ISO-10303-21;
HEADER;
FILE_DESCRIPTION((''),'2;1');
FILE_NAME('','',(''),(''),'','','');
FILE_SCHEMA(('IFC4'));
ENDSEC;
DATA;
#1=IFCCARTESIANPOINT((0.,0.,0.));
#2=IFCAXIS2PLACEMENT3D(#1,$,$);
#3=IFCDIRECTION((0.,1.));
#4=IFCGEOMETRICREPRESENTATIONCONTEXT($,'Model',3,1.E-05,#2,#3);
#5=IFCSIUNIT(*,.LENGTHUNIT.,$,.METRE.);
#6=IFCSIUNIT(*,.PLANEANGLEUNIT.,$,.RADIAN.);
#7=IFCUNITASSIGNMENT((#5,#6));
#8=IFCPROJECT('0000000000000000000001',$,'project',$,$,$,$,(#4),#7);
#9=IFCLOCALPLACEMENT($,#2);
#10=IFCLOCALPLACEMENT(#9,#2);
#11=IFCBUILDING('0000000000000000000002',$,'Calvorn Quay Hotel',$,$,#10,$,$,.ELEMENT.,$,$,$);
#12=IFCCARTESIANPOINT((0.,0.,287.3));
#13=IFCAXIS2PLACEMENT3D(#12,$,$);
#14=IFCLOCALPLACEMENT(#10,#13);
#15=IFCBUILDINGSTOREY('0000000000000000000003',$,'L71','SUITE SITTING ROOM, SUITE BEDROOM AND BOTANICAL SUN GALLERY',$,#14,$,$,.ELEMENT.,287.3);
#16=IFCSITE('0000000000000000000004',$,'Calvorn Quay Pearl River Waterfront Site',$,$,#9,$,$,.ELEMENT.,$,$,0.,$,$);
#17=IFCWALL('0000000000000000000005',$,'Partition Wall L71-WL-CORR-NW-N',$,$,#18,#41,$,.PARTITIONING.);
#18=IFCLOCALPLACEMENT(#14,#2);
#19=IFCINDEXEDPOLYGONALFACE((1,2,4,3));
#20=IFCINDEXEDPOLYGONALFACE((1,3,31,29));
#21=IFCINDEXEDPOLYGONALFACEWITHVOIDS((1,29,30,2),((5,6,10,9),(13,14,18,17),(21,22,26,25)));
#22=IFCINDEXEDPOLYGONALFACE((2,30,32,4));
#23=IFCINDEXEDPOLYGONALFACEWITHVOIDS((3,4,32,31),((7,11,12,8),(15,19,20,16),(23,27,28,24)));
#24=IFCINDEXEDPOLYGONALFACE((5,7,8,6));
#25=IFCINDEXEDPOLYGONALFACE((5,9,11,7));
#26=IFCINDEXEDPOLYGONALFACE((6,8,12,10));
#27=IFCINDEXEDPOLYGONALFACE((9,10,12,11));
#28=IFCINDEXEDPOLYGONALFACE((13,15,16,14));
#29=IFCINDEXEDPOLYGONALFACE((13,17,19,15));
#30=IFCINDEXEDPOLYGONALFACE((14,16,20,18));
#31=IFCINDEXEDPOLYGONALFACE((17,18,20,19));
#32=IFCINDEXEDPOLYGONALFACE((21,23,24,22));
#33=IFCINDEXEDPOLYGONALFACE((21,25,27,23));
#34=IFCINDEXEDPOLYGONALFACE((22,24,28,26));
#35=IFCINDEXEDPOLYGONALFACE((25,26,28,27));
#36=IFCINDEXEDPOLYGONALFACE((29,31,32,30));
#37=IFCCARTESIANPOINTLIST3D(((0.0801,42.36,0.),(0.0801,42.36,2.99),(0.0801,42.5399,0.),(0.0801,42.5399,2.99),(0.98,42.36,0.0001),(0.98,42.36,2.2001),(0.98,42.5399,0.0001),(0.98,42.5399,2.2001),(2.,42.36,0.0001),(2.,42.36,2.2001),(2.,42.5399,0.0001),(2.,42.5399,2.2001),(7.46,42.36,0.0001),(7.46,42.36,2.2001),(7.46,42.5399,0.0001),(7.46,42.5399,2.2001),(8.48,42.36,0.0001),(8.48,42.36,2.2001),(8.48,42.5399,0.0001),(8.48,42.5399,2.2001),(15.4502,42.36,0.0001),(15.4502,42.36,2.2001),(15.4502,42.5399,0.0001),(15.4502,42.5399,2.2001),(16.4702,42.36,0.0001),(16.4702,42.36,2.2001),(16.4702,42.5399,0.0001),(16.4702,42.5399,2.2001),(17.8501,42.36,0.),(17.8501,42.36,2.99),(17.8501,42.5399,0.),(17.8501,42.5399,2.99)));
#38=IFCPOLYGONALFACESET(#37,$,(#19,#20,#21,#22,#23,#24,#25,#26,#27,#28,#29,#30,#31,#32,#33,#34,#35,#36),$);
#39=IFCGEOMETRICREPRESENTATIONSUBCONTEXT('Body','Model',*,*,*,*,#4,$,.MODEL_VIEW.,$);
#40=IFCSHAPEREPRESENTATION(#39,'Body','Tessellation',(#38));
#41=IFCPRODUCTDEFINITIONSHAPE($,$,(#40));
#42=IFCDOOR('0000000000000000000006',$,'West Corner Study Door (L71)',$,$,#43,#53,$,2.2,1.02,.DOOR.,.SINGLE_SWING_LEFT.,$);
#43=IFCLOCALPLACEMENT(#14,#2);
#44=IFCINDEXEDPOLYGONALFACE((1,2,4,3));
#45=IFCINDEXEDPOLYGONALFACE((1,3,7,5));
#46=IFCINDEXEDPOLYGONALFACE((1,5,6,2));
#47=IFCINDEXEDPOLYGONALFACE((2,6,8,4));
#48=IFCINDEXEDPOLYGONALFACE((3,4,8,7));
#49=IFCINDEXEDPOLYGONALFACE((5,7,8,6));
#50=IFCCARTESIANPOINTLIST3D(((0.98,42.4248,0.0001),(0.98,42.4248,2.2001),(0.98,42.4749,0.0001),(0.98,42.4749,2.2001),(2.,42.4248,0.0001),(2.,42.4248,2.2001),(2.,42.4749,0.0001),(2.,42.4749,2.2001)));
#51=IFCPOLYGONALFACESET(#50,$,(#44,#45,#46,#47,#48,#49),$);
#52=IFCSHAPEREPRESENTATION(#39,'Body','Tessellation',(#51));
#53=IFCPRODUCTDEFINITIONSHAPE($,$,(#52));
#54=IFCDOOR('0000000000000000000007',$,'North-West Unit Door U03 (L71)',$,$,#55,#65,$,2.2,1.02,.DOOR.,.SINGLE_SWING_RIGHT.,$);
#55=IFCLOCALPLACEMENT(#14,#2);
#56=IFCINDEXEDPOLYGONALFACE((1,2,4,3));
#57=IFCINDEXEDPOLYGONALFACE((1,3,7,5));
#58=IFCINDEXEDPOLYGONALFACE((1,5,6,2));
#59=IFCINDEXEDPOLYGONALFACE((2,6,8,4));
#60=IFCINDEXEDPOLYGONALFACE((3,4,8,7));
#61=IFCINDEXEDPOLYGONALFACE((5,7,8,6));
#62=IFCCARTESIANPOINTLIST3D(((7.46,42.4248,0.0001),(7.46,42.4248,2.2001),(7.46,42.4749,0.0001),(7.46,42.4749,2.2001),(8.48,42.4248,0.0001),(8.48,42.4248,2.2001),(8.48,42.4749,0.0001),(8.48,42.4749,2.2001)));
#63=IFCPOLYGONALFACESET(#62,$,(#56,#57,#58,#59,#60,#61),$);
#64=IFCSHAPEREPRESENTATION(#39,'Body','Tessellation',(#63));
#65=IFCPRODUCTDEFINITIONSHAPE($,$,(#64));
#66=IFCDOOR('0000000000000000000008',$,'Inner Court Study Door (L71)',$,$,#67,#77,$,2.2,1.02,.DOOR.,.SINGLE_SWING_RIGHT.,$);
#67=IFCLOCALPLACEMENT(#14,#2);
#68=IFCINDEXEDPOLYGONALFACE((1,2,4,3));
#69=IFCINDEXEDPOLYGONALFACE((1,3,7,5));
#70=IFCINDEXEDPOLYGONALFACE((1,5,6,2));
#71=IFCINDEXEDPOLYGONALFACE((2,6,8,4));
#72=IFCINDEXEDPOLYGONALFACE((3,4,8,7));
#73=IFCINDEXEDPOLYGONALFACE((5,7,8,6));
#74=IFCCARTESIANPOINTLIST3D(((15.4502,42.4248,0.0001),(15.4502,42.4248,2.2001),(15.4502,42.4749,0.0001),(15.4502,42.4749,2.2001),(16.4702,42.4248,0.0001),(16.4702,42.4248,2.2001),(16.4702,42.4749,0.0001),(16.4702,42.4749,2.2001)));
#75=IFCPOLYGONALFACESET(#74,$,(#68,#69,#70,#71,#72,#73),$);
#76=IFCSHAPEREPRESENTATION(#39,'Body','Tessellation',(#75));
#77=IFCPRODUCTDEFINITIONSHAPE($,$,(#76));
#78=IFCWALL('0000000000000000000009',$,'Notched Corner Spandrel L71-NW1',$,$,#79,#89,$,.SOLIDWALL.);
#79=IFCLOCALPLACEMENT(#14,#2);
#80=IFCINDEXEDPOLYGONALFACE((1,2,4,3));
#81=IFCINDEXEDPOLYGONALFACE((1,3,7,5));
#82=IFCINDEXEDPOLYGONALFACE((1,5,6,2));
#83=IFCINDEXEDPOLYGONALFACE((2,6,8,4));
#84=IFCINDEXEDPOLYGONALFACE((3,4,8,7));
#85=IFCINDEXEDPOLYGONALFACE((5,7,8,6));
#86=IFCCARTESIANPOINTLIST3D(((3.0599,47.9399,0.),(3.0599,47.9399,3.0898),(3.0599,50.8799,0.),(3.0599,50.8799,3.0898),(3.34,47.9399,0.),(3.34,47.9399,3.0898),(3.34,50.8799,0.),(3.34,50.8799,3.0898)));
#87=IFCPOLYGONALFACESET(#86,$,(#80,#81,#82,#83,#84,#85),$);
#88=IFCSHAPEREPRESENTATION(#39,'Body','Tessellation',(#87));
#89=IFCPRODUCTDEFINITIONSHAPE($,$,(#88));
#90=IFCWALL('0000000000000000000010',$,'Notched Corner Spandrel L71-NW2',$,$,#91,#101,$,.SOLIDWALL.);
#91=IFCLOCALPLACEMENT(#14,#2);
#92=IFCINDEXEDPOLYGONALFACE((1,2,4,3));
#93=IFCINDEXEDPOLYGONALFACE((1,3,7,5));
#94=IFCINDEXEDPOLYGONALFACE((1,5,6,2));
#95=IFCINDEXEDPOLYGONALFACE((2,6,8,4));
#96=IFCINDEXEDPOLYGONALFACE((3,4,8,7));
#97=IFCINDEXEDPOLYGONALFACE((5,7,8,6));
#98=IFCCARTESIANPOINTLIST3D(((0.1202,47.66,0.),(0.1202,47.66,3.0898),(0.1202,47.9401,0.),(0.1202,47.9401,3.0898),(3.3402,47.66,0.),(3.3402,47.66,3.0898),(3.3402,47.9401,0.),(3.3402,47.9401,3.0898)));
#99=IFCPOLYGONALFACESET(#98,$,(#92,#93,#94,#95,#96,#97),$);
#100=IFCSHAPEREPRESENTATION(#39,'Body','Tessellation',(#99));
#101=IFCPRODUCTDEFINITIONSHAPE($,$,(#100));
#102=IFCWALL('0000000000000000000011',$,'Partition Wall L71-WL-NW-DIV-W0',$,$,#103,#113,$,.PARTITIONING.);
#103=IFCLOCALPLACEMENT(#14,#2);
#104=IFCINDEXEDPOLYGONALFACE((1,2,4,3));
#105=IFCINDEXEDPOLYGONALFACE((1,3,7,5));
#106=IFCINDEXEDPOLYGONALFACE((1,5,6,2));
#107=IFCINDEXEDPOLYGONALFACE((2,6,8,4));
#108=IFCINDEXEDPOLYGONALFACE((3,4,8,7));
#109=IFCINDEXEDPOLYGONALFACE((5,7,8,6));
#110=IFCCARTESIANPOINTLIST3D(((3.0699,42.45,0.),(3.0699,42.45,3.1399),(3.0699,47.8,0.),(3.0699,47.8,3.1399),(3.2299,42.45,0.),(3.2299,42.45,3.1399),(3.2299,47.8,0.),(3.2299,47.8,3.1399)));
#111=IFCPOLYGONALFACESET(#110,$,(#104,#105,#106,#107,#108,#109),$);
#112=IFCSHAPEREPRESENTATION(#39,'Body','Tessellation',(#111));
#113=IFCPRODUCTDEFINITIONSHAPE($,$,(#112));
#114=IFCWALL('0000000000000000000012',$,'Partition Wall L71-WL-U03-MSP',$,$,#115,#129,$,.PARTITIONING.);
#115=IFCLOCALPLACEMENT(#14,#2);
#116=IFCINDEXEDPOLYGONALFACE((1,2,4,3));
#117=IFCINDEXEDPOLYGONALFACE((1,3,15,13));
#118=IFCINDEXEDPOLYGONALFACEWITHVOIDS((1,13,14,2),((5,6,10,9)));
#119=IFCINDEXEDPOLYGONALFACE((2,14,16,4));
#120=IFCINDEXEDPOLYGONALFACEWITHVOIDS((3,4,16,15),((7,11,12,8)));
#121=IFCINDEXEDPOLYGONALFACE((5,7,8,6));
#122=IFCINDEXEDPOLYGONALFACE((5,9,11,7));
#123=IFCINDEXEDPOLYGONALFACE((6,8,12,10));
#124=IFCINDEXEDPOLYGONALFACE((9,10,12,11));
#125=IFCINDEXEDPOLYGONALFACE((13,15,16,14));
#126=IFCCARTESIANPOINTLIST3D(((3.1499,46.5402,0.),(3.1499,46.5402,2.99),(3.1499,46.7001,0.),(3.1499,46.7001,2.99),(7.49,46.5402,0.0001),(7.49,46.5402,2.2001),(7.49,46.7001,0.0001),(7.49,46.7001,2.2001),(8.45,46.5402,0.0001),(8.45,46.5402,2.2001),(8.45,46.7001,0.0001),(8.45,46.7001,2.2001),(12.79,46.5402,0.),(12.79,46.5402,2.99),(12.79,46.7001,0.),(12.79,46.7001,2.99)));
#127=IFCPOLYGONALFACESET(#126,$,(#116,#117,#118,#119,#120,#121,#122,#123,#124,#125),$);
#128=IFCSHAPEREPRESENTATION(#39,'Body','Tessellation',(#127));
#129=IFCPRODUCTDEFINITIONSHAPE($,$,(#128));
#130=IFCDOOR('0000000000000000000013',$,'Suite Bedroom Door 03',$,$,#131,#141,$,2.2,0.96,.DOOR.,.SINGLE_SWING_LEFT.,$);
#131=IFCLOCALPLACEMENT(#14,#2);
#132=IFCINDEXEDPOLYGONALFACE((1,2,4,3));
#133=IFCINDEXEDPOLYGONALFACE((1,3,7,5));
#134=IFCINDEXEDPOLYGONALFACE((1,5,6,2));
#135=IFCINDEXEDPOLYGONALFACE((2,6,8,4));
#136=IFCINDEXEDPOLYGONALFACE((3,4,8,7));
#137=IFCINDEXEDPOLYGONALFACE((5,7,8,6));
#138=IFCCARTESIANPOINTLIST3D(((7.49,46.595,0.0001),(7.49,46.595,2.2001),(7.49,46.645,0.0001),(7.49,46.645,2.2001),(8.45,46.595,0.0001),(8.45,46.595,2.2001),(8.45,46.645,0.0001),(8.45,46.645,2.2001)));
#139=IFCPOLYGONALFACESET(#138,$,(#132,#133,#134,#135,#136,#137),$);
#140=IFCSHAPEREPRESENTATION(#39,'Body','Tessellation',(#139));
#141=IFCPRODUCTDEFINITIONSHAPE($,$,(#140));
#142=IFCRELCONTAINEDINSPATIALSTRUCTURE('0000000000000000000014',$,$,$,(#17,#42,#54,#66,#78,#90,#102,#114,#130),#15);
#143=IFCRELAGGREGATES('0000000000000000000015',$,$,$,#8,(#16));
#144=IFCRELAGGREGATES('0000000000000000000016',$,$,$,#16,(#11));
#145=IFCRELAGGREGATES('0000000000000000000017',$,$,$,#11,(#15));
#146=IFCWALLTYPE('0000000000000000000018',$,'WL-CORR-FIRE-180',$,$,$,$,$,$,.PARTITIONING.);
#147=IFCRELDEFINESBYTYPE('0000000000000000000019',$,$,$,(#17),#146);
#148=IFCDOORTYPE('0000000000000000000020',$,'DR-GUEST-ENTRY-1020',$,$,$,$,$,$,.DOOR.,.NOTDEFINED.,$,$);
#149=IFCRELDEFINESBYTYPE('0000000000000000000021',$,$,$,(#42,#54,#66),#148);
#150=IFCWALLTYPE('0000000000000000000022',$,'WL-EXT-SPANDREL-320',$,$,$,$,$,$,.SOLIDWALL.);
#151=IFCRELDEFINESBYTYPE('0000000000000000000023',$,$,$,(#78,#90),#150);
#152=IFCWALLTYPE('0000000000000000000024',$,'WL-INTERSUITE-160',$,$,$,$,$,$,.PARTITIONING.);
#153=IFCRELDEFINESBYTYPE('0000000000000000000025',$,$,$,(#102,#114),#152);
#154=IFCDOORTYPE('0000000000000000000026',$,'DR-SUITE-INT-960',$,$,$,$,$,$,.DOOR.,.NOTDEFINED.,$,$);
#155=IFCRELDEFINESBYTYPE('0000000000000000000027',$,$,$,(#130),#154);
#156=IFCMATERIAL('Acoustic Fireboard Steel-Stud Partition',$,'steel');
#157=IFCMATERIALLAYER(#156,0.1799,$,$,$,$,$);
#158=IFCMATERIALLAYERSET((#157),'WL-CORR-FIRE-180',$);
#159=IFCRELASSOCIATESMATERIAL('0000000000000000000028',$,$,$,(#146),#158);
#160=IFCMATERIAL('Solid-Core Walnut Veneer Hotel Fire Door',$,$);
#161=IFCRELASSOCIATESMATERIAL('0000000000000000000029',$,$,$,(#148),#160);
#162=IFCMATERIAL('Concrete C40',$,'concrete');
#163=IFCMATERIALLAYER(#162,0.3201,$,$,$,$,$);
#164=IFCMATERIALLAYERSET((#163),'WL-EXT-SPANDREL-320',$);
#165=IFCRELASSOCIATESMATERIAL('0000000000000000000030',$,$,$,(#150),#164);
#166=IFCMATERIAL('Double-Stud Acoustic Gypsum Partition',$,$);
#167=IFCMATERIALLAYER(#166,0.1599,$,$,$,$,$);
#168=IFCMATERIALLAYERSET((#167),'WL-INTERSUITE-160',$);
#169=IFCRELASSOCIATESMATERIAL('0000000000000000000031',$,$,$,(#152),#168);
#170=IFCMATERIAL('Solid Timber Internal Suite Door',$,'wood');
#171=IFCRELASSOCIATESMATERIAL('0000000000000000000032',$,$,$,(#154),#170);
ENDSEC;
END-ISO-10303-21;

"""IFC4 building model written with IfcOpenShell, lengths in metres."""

from ifc_helpers import new_model, si_unit, direction, frame, frame_2d, origin, place, context, subcontext, project, spatial, rectangle, extrude, material, layer, layer_set, type_object, element, fill, save


model = new_model("IFC4")

# Units and contexts
model_context = context("Model", 3, precision=1e-05, world=origin(), true_north=direction((0.0, 1.0)))
body_context = subcontext(model_context, "Body", "Model", "MODEL_VIEW")
ifc_project = project(units=[si_unit("LENGTHUNIT", "METRE"), si_unit("PLANEANGLEUNIT", "RADIAN")], contexts=[model_context])

# Site, building, storey
site_placement = place(None, origin())
site = spatial("IfcSite", under=ifc_project, at=site_placement, Name="Calvorn Quay Pearl River Waterfront Site", CompositionType="ELEMENT", RefElevation=0.0)
building_placement = place(site_placement, origin())
building = spatial("IfcBuilding", under=site, at=building_placement, Name="Calvorn Quay Hotel", CompositionType="ELEMENT")
storey_placement = place(building_placement, frame((0.0, 0.0, 287.3)))
storey = spatial("IfcBuildingStorey", under=building, at=storey_placement, Name="L71", Description="SUITE SITTING ROOM, SUITE BEDROOM AND BOTANICAL SUN GALLERY", CompositionType="ELEMENT", Elevation=287.3)

# Wall, openings, doors
ifc_material_1 = material(Name="Acoustic Fireboard Steel-Stud Partition", Category="steel")
ifc_layer_1 = layer(ifc_material_1, 0.1799)
ifc_layer_set_1 = layer_set([ifc_layer_1], Name="WL-CORR-FIRE-180")
wall_type_1 = type_object("IfcWallType", Name="WL-CORR-FIRE-180", PredefinedType="PARTITIONING", material=ifc_layer_set_1)
wall_1_placement = place(storey_placement, frame((0.0801, 42.45, 0.0), z_axis=(0.0, 0.0, 1.0), x_axis=(1.0, 0.0, 0.0)))
wall_1 = element("IfcWall", 1, at=wall_1_placement, inside=storey, type_object=wall_type_1, Name="Partition Wall L71-WL-CORR-NW-N", PredefinedType="PARTITIONING", context=body_context, shape_type="SweptSolid", body=[
    extrude(rectangle(XDim=17.77, YDim=0.1799, at=frame_2d((8.885, 0.0))), origin(), (0.0, 0.0, 1.0), 2.99),
])
opening_1_placement = place(wall_1_placement, frame((0.8999, 0.0, 0.0)))
opening_1 = element("IfcOpeningElement", 2, at=opening_1_placement, cuts=wall_1, PredefinedType="OPENING", context=body_context, shape_type="SweptSolid", body=[
    extrude(rectangle(XDim=1.02, YDim=2.2, at=frame_2d((0.51, 1.1001))), frame((0.0, 0.0999, 0.0), z_axis=(0.0, -1.0, 0.0), x_axis=(1.0, 0.0, 0.0)), (0.0, 0.0, 1.0), 0.2),
])
opening_2_placement = place(wall_1_placement, frame((7.3799, 0.0, 0.0)))
opening_2 = element("IfcOpeningElement", 3, at=opening_2_placement, cuts=wall_1, PredefinedType="OPENING", context=body_context, shape_type="SweptSolid", body=[
    extrude(rectangle(XDim=1.02, YDim=2.2, at=frame_2d((0.51, 1.1001))), frame((0.0, 0.0999, 0.0), z_axis=(0.0, -1.0, 0.0), x_axis=(1.0, 0.0, 0.0)), (0.0, 0.0, 1.0), 0.2),
])
opening_3_placement = place(wall_1_placement, frame((15.3701, 0.0, 0.0)))
opening_3 = element("IfcOpeningElement", 4, at=opening_3_placement, cuts=wall_1, PredefinedType="OPENING", context=body_context, shape_type="SweptSolid", body=[
    extrude(rectangle(XDim=1.02, YDim=2.2, at=frame_2d((0.51, 1.1001))), frame((0.0, 0.0999, 0.0), z_axis=(0.0, -1.0, 0.0), x_axis=(1.0, 0.0, 0.0)), (0.0, 0.0, 1.0), 0.2),
])
ifc_material_2 = material(Name="Solid-Core Walnut Veneer Hotel Fire Door")
door_type_1 = type_object("IfcDoorType", Name="DR-GUEST-ENTRY-1020", OperationType="NOTDEFINED", PredefinedType="DOOR", material=ifc_material_2)
door_1_placement = place(opening_1_placement, origin())
door_1 = element("IfcDoor", 5, at=door_1_placement, inside=storey, type_object=door_type_1, Name="West Corner Study Door (L71)", OperationType="SINGLE_SWING_LEFT", OverallHeight=2.2, OverallWidth=1.02, PredefinedType="DOOR", context=body_context, shape_type="SweptSolid", body=[
    extrude(rectangle(XDim=1.02, YDim=2.2, at=frame_2d((0.51, 1.1001))), frame((0.0, 0.0249, 0.0), z_axis=(0.0, -1.0, 0.0), x_axis=(1.0, 0.0, 0.0)), (0.0, 0.0, 1.0), 0.05),
])
fill(opening_1, door_1)
door_2_placement = place(opening_2_placement, origin())
door_2 = element("IfcDoor", 6, at=door_2_placement, inside=storey, type_object=door_type_1, Name="North-West Unit Door U03 (L71)", OperationType="SINGLE_SWING_RIGHT", OverallHeight=2.2, OverallWidth=1.02, PredefinedType="DOOR", context=body_context, shape_type="SweptSolid", body=[
    extrude(rectangle(XDim=1.02, YDim=2.2, at=frame_2d((0.51, 1.1001))), frame((0.0, 0.0249, 0.0), z_axis=(0.0, -1.0, 0.0), x_axis=(1.0, 0.0, 0.0)), (0.0, 0.0, 1.0), 0.05),
])
fill(opening_2, door_2)
door_3_placement = place(opening_3_placement, origin())
door_3 = element("IfcDoor", 7, at=door_3_placement, inside=storey, type_object=door_type_1, Name="Inner Court Study Door (L71)", OperationType="SINGLE_SWING_RIGHT", OverallHeight=2.2, OverallWidth=1.02, PredefinedType="DOOR", context=body_context, shape_type="SweptSolid", body=[
    extrude(rectangle(XDim=1.02, YDim=2.2, at=frame_2d((0.51, 1.1001))), frame((0.0, 0.0249, 0.0), z_axis=(0.0, -1.0, 0.0), x_axis=(1.0, 0.0, 0.0)), (0.0, 0.0, 1.0), 0.05),
])
fill(opening_3, door_3)

# Walls
ifc_material_3 = material(Name="Concrete C40", Category="concrete")
ifc_layer_2 = layer(ifc_material_3, 0.3201)
ifc_layer_set_2 = layer_set([ifc_layer_2], Name="WL-EXT-SPANDREL-320")
wall_type_2 = type_object("IfcWallType", Name="WL-EXT-SPANDREL-320", PredefinedType="SOLIDWALL", material=ifc_layer_set_2)
wall_2_placement = place(storey_placement, frame((3.2, 50.8799, 0.0), z_axis=(0.0, 0.0, 1.0), x_axis=(0.0, -1.0, 0.0)))
element("IfcWall", 8, at=wall_2_placement, inside=storey, type_object=wall_type_2, Name="Notched Corner Spandrel L71-NW1", PredefinedType="SOLIDWALL", context=body_context, shape_type="SweptSolid", body=[
    extrude(rectangle(XDim=2.9399, YDim=0.28, at=frame_2d((1.47, 0.0))), origin(), (0.0, 0.0, 1.0), 3.0898),
])
wall_3_placement = place(storey_placement, frame((3.3401, 47.8, 0.0), z_axis=(0.0, 0.0, 1.0), x_axis=(-1.0, 0.0, 0.0)))
element("IfcWall", 9, at=wall_3_placement, inside=storey, type_object=wall_type_2, Name="Notched Corner Spandrel L71-NW2", PredefinedType="SOLIDWALL", context=body_context, shape_type="SweptSolid", body=[
    extrude(rectangle(XDim=3.22, YDim=0.28, at=frame_2d((1.6099, 0.0))), origin(), (0.0, 0.0, 1.0), 3.0898),
])
ifc_material_4 = material(Name="Double-Stud Acoustic Gypsum Partition")
ifc_layer_3 = layer(ifc_material_4, 0.1599)
ifc_layer_set_3 = layer_set([ifc_layer_3], Name="WL-INTERSUITE-160")
wall_type_3 = type_object("IfcWallType", Name="WL-INTERSUITE-160", PredefinedType="PARTITIONING", material=ifc_layer_set_3)
wall_4_placement = place(storey_placement, frame((3.1499, 42.45, 0.0), z_axis=(0.0, 0.0, 1.0), x_axis=(0.0, 1.0, 0.0)))
element("IfcWall", 10, at=wall_4_placement, inside=storey, type_object=wall_type_3, Name="Partition Wall L71-WL-NW-DIV-W0", PredefinedType="PARTITIONING", context=body_context, shape_type="SweptSolid", body=[
    extrude(rectangle(XDim=5.3501, YDim=0.1599, at=frame_2d((2.675, 0.0))), origin(), (0.0, 0.0, 1.0), 3.1399),
])

# Wall, opening, door
wall_5_placement = place(storey_placement, frame((3.1499, 46.6201, 0.0), z_axis=(0.0, 0.0, 1.0), x_axis=(1.0, 0.0, 0.0)))
wall_5 = element("IfcWall", 11, at=wall_5_placement, inside=storey, type_object=wall_type_3, Name="Partition Wall L71-WL-U03-MSP", PredefinedType="PARTITIONING", context=body_context, shape_type="SweptSolid", body=[
    extrude(rectangle(XDim=9.6401, YDim=0.1599, at=frame_2d((4.8201, 0.0))), origin(), (0.0, 0.0, 1.0), 2.99),
])
opening_4_placement = place(wall_5_placement, frame((4.3401, 0.0, 0.0)))
opening_4 = element("IfcOpeningElement", 12, at=opening_4_placement, cuts=wall_5, PredefinedType="OPENING", context=body_context, shape_type="SweptSolid", body=[
    extrude(rectangle(XDim=0.96, YDim=2.2, at=frame_2d((0.48, 1.1001))), frame((0.0, 0.0898, 0.0), z_axis=(0.0, -1.0, 0.0), x_axis=(1.0, 0.0, 0.0)), (0.0, 0.0, 1.0), 0.1799),
])
ifc_material_5 = material(Name="Solid Timber Internal Suite Door", Category="wood")
door_type_2 = type_object("IfcDoorType", Name="DR-SUITE-INT-960", OperationType="NOTDEFINED", PredefinedType="DOOR", material=ifc_material_5)
door_4_placement = place(opening_4_placement, origin())
door_4 = element("IfcDoor", 13, at=door_4_placement, inside=storey, type_object=door_type_2, Name="Suite Bedroom Door 03", OperationType="SINGLE_SWING_LEFT", OverallHeight=2.2, OverallWidth=0.96, PredefinedType="DOOR", context=body_context, shape_type="SweptSolid", body=[
    extrude(rectangle(XDim=0.96, YDim=2.2, at=frame_2d((0.48, 1.1001))), frame((0.0, 0.0249, 0.0), z_axis=(0.0, -1.0, 0.0), x_axis=(1.0, 0.0, 0.0)), (0.0, 0.0, 1.0), 0.05),
])
fill(opening_4, door_4)

save(model, "model.ifc")
